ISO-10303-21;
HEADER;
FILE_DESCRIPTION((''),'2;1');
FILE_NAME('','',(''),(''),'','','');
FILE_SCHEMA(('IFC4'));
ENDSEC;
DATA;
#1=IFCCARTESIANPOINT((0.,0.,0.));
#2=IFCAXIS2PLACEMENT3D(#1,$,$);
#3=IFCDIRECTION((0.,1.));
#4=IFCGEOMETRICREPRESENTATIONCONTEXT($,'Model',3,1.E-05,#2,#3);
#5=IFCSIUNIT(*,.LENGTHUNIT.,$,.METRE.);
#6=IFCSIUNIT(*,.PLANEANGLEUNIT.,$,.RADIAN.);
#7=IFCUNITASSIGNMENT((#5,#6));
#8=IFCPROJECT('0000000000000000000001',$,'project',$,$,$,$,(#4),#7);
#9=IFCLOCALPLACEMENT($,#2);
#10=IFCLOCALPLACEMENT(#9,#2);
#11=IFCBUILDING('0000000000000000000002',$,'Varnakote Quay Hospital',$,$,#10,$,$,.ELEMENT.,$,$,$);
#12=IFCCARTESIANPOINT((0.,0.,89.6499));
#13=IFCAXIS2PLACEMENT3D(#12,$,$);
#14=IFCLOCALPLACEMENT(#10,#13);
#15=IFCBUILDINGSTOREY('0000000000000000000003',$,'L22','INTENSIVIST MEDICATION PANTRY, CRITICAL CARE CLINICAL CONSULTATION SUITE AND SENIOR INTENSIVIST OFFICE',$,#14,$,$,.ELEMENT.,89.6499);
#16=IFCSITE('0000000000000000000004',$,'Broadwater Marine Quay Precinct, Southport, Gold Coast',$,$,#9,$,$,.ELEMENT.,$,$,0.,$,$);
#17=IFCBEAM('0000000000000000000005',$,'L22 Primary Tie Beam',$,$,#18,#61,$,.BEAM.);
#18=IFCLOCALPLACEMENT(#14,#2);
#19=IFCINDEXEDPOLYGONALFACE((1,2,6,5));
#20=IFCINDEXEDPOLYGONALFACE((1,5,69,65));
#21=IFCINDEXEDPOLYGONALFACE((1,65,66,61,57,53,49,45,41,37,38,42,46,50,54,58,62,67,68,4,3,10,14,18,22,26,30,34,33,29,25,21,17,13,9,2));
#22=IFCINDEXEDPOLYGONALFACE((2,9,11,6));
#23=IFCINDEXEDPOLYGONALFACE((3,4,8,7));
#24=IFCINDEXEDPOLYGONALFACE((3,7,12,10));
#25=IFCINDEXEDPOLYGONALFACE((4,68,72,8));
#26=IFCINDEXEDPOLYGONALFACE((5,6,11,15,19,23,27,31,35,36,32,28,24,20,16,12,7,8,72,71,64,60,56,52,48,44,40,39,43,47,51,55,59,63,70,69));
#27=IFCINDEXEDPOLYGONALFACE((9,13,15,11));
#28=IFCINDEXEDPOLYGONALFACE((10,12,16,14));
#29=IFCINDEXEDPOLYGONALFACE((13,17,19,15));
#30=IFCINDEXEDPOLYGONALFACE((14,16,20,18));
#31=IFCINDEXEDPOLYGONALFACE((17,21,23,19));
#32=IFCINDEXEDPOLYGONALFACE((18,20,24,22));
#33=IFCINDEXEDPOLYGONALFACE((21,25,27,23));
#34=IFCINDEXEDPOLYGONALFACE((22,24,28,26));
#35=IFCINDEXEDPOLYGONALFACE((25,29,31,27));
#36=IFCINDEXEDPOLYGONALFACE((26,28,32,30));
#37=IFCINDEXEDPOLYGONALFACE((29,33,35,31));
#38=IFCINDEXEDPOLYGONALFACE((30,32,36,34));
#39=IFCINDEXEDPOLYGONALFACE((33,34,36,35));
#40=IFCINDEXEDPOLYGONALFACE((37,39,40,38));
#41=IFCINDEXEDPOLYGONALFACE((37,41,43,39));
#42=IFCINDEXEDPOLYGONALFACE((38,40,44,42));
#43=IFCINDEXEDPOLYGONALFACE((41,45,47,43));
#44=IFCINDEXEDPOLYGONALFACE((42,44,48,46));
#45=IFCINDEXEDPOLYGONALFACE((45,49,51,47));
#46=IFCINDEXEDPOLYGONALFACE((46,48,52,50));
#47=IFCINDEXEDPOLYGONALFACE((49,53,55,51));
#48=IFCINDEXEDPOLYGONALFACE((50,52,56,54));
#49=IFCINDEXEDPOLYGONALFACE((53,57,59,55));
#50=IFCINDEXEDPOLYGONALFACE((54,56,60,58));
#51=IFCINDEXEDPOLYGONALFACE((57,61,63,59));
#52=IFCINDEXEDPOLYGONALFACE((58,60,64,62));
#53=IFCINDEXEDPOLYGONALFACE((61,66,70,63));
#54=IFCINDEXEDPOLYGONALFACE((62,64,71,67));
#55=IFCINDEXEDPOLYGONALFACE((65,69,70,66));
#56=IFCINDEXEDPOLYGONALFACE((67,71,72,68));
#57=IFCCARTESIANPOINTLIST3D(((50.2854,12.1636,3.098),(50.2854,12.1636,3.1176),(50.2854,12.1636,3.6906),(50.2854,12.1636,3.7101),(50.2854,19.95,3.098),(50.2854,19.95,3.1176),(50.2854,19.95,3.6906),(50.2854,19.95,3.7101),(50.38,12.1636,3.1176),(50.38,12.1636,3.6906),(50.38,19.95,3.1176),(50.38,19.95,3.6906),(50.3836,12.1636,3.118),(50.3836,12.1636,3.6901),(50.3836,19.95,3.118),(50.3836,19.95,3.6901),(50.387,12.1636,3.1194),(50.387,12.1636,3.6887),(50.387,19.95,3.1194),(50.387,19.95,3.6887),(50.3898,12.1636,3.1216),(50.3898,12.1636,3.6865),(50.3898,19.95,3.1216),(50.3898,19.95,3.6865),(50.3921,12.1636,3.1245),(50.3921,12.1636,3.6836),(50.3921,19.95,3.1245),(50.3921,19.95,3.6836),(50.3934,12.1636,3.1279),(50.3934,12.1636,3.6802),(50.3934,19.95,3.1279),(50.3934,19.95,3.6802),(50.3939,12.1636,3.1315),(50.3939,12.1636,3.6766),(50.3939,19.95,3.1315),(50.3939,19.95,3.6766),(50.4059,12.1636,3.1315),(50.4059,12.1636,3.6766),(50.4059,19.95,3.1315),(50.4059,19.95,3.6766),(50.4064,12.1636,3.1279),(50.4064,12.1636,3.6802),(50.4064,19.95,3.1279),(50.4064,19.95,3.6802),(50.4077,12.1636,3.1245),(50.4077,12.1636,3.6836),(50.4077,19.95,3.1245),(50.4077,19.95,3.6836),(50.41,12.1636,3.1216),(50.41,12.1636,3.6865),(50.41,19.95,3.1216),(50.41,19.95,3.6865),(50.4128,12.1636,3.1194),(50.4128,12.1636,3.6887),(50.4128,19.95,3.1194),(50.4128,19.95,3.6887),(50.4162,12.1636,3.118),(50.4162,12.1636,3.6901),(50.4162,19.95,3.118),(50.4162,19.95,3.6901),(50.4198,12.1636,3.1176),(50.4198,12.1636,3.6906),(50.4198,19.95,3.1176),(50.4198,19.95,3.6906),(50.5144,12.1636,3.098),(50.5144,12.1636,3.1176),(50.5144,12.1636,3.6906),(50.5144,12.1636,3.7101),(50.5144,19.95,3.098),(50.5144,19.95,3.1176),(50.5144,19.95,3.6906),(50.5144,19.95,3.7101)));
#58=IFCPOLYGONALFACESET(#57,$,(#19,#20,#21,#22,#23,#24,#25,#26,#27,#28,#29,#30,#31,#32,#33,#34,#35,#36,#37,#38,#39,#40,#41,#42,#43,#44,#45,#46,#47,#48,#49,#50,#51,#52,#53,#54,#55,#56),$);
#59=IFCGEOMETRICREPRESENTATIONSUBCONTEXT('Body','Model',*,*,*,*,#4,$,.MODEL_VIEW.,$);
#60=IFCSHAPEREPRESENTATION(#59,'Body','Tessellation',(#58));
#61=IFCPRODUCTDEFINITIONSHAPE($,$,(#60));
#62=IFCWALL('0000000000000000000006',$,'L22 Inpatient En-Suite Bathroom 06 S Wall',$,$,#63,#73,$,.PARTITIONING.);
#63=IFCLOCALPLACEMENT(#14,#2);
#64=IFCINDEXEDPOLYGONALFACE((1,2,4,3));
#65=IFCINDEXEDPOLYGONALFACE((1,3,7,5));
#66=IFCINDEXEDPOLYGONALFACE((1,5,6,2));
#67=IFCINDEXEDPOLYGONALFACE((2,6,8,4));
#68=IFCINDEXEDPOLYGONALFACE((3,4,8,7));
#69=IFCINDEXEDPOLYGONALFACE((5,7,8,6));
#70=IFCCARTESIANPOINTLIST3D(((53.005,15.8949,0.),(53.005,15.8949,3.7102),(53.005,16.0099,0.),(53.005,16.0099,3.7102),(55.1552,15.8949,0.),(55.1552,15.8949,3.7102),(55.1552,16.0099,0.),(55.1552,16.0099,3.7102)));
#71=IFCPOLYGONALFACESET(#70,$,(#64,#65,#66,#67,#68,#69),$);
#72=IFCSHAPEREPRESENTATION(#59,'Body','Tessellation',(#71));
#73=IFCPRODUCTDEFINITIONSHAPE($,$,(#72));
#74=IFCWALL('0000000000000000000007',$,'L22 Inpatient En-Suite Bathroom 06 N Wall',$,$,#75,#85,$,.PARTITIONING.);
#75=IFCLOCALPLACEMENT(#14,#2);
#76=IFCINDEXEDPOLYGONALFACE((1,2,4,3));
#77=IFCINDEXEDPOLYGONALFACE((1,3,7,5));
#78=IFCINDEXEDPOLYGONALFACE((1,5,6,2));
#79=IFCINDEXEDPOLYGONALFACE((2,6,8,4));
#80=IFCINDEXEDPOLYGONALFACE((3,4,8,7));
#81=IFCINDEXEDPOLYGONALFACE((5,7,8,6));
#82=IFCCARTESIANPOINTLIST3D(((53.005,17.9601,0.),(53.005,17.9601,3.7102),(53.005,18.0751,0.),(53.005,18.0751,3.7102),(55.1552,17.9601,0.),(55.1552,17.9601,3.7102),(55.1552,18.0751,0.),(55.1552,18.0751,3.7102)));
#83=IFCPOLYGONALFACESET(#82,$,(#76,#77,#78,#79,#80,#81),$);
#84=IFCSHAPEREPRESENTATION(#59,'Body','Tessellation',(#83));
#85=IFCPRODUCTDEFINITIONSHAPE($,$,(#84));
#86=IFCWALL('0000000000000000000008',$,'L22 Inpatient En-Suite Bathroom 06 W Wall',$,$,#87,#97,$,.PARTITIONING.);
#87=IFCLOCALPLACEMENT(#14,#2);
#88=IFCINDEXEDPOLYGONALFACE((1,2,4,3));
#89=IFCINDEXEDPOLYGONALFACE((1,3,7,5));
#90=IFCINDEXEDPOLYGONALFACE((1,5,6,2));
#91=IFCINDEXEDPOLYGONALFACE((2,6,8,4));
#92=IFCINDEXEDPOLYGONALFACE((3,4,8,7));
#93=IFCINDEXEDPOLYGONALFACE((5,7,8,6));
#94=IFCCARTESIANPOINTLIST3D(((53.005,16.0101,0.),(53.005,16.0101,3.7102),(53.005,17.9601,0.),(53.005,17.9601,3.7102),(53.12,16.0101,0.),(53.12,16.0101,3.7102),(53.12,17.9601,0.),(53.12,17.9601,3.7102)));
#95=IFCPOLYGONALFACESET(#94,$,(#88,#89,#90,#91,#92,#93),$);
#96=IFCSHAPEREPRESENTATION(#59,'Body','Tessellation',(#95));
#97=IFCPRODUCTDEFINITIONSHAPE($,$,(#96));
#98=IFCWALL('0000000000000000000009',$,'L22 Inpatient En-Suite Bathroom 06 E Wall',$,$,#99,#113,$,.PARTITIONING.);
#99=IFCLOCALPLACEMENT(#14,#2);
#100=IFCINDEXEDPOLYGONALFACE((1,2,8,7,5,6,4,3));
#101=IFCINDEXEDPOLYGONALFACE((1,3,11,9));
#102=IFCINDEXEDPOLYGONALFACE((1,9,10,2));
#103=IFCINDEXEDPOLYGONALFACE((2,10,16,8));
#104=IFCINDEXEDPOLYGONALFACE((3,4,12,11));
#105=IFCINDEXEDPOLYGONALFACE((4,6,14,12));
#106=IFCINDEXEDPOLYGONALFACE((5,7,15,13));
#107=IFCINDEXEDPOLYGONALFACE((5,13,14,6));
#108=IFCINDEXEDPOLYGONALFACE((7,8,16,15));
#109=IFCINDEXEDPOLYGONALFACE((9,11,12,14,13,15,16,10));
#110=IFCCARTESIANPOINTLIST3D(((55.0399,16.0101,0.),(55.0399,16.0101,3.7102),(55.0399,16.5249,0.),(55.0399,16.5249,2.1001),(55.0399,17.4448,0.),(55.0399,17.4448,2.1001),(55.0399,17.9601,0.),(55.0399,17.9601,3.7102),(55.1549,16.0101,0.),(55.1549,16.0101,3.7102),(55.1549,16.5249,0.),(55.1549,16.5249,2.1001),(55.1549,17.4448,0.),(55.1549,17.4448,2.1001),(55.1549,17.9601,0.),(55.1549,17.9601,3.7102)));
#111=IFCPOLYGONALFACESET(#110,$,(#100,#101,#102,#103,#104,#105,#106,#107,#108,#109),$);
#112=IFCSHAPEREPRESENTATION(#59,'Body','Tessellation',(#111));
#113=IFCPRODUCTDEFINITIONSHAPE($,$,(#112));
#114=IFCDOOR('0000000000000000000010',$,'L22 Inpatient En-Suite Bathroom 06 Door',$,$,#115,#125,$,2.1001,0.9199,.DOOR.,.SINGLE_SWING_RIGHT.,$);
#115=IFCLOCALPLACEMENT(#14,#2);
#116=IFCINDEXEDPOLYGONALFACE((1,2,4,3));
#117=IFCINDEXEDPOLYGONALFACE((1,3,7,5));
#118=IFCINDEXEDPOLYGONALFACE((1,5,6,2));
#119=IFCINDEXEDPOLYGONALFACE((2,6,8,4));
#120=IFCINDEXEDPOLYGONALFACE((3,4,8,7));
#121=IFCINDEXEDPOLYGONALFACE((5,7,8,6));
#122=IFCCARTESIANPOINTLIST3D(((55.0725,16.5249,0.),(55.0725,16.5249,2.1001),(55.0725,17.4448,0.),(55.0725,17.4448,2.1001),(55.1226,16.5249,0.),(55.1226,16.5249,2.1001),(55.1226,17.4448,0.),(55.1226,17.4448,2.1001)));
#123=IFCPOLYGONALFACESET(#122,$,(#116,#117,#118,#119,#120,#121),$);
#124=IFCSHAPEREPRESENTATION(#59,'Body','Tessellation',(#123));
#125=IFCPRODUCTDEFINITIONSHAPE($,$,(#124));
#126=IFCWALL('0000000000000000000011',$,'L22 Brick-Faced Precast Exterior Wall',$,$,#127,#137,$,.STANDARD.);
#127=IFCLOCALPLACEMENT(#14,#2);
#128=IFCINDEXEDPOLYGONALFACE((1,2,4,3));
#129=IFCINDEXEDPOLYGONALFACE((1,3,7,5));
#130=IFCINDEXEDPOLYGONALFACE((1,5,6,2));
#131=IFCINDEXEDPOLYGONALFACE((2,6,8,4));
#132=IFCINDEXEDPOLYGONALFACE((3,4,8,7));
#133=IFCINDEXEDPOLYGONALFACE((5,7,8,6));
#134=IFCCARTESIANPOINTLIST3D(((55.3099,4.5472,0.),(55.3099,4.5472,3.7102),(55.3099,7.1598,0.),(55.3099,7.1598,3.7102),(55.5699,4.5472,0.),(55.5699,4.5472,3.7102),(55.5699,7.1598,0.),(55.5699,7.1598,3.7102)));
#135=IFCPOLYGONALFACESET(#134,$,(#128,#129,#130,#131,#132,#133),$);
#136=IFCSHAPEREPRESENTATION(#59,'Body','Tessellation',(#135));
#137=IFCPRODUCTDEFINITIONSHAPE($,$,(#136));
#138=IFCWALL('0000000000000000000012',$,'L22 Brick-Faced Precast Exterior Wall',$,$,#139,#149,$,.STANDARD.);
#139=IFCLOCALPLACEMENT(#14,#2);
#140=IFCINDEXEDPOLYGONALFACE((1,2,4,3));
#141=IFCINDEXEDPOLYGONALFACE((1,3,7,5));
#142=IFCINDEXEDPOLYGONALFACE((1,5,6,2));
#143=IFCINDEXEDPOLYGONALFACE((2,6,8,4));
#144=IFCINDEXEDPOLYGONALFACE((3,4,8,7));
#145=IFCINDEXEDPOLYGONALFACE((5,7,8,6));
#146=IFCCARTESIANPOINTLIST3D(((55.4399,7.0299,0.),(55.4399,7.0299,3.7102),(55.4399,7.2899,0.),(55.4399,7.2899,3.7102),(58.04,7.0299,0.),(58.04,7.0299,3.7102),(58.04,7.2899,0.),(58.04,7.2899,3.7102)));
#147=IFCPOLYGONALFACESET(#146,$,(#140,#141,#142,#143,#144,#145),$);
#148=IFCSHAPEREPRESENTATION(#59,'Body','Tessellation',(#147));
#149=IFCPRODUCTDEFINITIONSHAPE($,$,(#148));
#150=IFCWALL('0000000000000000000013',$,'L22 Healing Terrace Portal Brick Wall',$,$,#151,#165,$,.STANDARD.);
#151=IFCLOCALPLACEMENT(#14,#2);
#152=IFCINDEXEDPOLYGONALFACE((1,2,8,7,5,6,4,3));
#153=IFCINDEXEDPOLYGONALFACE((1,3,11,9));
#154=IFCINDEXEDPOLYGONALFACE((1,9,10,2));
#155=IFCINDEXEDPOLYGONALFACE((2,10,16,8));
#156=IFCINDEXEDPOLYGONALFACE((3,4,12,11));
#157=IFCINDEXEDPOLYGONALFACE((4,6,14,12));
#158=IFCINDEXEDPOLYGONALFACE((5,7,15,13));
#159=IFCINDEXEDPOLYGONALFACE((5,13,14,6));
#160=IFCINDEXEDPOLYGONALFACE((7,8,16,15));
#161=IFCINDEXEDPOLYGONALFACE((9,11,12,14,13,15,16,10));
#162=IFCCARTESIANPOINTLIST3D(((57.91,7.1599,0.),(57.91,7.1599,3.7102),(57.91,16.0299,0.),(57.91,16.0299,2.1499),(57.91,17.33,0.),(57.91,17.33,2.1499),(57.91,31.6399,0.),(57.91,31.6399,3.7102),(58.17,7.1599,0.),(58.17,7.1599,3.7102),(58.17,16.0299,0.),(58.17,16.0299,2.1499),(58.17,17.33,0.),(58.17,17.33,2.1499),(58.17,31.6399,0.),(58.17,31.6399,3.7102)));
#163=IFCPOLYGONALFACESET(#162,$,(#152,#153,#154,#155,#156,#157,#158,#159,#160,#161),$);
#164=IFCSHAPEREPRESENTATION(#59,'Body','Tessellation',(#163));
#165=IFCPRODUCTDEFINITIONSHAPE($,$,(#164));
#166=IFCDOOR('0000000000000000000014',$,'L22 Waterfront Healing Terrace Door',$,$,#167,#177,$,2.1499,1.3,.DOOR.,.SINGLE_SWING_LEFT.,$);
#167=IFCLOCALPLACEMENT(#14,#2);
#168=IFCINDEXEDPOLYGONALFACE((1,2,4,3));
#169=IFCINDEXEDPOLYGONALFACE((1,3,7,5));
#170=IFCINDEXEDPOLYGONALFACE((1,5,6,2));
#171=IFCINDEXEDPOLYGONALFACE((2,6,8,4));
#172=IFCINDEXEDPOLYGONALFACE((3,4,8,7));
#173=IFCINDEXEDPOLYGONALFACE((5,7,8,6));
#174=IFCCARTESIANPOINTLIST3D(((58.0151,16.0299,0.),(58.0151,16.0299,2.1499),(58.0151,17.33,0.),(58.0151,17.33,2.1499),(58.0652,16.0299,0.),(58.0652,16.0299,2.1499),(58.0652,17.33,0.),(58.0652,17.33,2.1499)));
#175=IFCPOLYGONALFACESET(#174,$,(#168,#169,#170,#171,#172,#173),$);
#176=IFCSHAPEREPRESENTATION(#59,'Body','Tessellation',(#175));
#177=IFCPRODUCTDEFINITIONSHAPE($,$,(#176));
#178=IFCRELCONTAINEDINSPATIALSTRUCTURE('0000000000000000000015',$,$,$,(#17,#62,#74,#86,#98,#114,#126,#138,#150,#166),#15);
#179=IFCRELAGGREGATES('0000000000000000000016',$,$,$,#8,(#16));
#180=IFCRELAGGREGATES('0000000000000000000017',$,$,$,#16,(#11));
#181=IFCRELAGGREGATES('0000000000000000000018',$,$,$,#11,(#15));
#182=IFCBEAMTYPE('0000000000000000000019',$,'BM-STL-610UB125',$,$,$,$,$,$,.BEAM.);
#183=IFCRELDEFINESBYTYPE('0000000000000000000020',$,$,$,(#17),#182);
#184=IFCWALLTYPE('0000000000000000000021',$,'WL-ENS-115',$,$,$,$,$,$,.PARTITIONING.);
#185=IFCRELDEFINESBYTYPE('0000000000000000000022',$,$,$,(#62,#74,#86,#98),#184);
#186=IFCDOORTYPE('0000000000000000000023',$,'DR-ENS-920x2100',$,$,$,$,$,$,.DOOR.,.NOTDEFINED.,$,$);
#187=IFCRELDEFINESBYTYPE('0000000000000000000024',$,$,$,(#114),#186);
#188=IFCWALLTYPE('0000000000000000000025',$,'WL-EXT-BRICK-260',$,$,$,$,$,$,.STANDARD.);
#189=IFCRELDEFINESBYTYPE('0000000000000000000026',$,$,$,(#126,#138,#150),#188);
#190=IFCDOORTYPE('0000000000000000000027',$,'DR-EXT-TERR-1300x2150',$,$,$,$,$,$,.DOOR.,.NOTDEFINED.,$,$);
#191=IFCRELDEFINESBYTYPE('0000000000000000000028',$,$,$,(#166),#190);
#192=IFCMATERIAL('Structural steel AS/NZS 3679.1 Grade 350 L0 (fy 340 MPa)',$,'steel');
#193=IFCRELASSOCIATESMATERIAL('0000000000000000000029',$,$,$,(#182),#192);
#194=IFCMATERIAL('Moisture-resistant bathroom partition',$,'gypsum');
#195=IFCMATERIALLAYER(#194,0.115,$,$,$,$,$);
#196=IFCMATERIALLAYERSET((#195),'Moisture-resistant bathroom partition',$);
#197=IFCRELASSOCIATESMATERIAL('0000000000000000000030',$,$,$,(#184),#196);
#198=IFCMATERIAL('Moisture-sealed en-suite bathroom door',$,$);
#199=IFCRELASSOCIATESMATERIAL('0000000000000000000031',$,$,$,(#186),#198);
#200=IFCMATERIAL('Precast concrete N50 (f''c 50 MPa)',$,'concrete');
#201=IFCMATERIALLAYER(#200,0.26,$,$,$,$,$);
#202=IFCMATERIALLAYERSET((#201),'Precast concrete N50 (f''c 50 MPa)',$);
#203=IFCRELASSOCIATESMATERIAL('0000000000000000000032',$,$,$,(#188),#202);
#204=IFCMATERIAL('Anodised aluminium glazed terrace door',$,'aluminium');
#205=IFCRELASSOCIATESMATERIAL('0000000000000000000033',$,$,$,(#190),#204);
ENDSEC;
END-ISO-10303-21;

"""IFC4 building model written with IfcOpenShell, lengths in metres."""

from ifc_helpers import new_model, si_unit, direction, frame, frame_2d, origin, origin_2d, place, context, subcontext, project, spatial, rectangle, i_section, extrude, material, layer, layer_set, material_profile, profile_set, type_object, element, fill, save


model = new_model("IFC4")

# Units and contexts
model_context = context("Model", 3, precision=1e-05, world=origin(), true_north=direction((0.0, 1.0)))
body_context = subcontext(model_context, "Body", "Model", "MODEL_VIEW")
ifc_project = project(units=[si_unit("LENGTHUNIT", "METRE"), si_unit("PLANEANGLEUNIT", "RADIAN")], contexts=[model_context])

# Site, building, storey
site_placement = place(None, origin())
site = spatial("IfcSite", under=ifc_project, at=site_placement, Name="Broadwater Marine Quay Precinct, Southport, Gold Coast", CompositionType="ELEMENT", RefElevation=0.0)
building_placement = place(site_placement, origin())
building = spatial("IfcBuilding", under=site, at=building_placement, Name="Varnakote Quay Hospital", CompositionType="ELEMENT")
storey_placement = place(building_placement, frame((0.0, 0.0, 89.6499)))
storey = spatial("IfcBuildingStorey", under=building, at=storey_placement, Name="L22", Description="INTENSIVIST MEDICATION PANTRY, CRITICAL CARE CLINICAL CONSULTATION SUITE AND SENIOR INTENSIVIST OFFICE", CompositionType="ELEMENT", Elevation=89.6499)

# Beam
ifc_material_1 = material(Name="Structural steel AS/NZS 3679.1 Grade 350 L0 (fy 340 MPa)", Category="steel")
ifc_material_profile_1 = material_profile(ifc_material_1, i_section(OverallWidth=0.229, OverallDepth=0.6121, WebThickness=0.012, FlangeThickness=0.0195, FilletRadius=0.0139, at=origin_2d()), Name="610UB125")
ifc_profile_set_1 = profile_set([ifc_material_profile_1], Name="Structural steel AS/NZS 3679.1 Grade 350 L0 (fy 340 MPa)")
beam_type = type_object("IfcBeamType", Name="BM-STL-610UB125", PredefinedType="BEAM", material=ifc_profile_set_1)
beam_1_placement = place(storey_placement, frame((50.3999, 12.1636, 3.4041), z_axis=(0.0, 1.0, 0.0), x_axis=(-1.0, 0.0, 0.0)))
element("IfcBeam", 1, at=beam_1_placement, inside=storey, type_object=beam_type, Name="L22 Primary Tie Beam", PredefinedType="BEAM", context=body_context, shape_type="SweptSolid", body=[
    extrude(i_section(OverallWidth=0.229, OverallDepth=0.6121, WebThickness=0.012, FlangeThickness=0.0195, FilletRadius=0.0139, at=origin_2d()), origin(), (0.0, 0.0, 1.0), 7.7864),
])

# Walls
ifc_material_2 = material(Name="Moisture-resistant bathroom partition", Category="gypsum")
ifc_layer_1 = layer(ifc_material_2, 0.115)
ifc_layer_set_1 = layer_set([ifc_layer_1], Name="Moisture-resistant bathroom partition")
wall_type_1 = type_object("IfcWallType", Name="WL-ENS-115", PredefinedType="PARTITIONING", material=ifc_layer_set_1)
for number, where, z_axis, x_axis, name in (
    (2, (53.0049, 15.9524, 0.0), (0.0, 0.0, 1.0), (1.0, 0.0, 0.0), "L22 Inpatient En-Suite Bathroom 06 S Wall"),
    (3, (53.0049, 18.0176, 0.0), (0.0, 0.0, 1.0), (1.0, 0.0, 0.0), "L22 Inpatient En-Suite Bathroom 06 N Wall"),
):
    element("IfcWall", number, at=place(storey_placement, frame(where, z_axis=z_axis, x_axis=x_axis)), inside=storey, type_object=wall_type_1, Name=name, PredefinedType="PARTITIONING", context=body_context, shape_type="SweptSolid", body=[
        extrude(rectangle(XDim=2.1501, YDim=0.115, at=frame_2d((1.0752, 0.0))), origin(), (0.0, 0.0, 1.0), 3.7102),
    ])
wall_1_placement = place(storey_placement, frame((53.0625, 16.01, 0.0), z_axis=(0.0, 0.0, 1.0), x_axis=(0.0, 1.0, 0.0)))
element("IfcWall", 4, at=wall_1_placement, inside=storey, type_object=wall_type_1, Name="L22 Inpatient En-Suite Bathroom 06 W Wall", PredefinedType="PARTITIONING", context=body_context, shape_type="SweptSolid", body=[
    extrude(rectangle(XDim=1.95, YDim=0.115, at=frame_2d((0.9751, 0.0))), origin(), (0.0, 0.0, 1.0), 3.7102),
])

# Wall, opening, door
wall_2_placement = place(storey_placement, frame((55.0974, 16.01, 0.0), z_axis=(0.0, 0.0, 1.0), x_axis=(0.0, 1.0, 0.0)))
wall_2 = element("IfcWall", 5, at=wall_2_placement, inside=storey, type_object=wall_type_1, Name="L22 Inpatient En-Suite Bathroom 06 E Wall", PredefinedType="PARTITIONING", context=body_context, shape_type="SweptSolid", body=[
    extrude(rectangle(XDim=1.95, YDim=0.115, at=frame_2d((0.9751, 0.0))), origin(), (0.0, 0.0, 1.0), 3.7102),
])
opening_1_placement = place(wall_2_placement, frame((0.5149, 0.0, 0.0)))
opening_1 = element("IfcOpeningElement", 6, at=opening_1_placement, cuts=wall_2, PredefinedType="OPENING", context=body_context, shape_type="SweptSolid", body=[
    extrude(rectangle(XDim=0.9199, YDim=2.1001, at=frame_2d((0.46, 1.05))), frame((0.0, 0.0674, 0.0), z_axis=(0.0, -1.0, 0.0), x_axis=(1.0, 0.0, 0.0)), (0.0, 0.0, 1.0), 0.135),
])
ifc_material_3 = material(Name="Moisture-sealed en-suite bathroom door")
door_type_1 = type_object("IfcDoorType", Name="DR-ENS-920x2100", OperationType="NOTDEFINED", PredefinedType="DOOR", material=ifc_material_3)
door_1_placement = place(opening_1_placement, origin())
door_1 = element("IfcDoor", 7, at=door_1_placement, inside=storey, type_object=door_type_1, Name="L22 Inpatient En-Suite Bathroom 06 Door", OperationType="SINGLE_SWING_RIGHT", OverallHeight=2.1001, OverallWidth=0.9199, PredefinedType="DOOR", context=body_context, shape_type="SweptSolid", body=[
    extrude(rectangle(XDim=0.9199, YDim=2.1001, at=frame_2d((0.46, 1.05))), frame((0.0, 0.0249, 0.0), z_axis=(0.0, -1.0, 0.0), x_axis=(1.0, 0.0, 0.0)), (0.0, 0.0, 1.0), 0.05),
])
fill(opening_1, door_1)

# Walls
ifc_material_4 = material(Name="Precast concrete N50 (f'c 50 MPa)", Category="concrete")
ifc_layer_2 = layer(ifc_material_4, 0.26)
ifc_layer_set_2 = layer_set([ifc_layer_2], Name="Precast concrete N50 (f'c 50 MPa)")
wall_type_2 = type_object("IfcWallType", Name="WL-EXT-BRICK-260", PredefinedType="STANDARD", material=ifc_layer_set_2)
wall_3_placement = place(storey_placement, frame((55.4399, 4.5474, 0.0), z_axis=(0.0, 0.0, 1.0), x_axis=(0.0, 1.0, 0.0)))
element("IfcWall", 8, at=wall_3_placement, inside=storey, type_object=wall_type_2, Name="L22 Brick-Faced Precast Exterior Wall", PredefinedType="STANDARD", context=body_context, shape_type="SweptSolid", body=[
    extrude(rectangle(XDim=2.6125, YDim=0.26, at=frame_2d((1.3062, 0.0))), origin(), (0.0, 0.0, 1.0), 3.7102),
])
wall_4_placement = place(storey_placement, frame((55.4399, 7.1599, 0.0), z_axis=(0.0, 0.0, 1.0), x_axis=(1.0, 0.0, 0.0)))
element("IfcWall", 9, at=wall_4_placement, inside=storey, type_object=wall_type_2, Name="L22 Brick-Faced Precast Exterior Wall", PredefinedType="STANDARD", context=body_context, shape_type="SweptSolid", body=[
    extrude(rectangle(XDim=2.6001, YDim=0.26, at=frame_2d((1.3, 0.0))), origin(), (0.0, 0.0, 1.0), 3.7102),
])

# Wall, opening, door
wall_5_placement = place(storey_placement, frame((58.04, 7.1599, 0.0), z_axis=(0.0, 0.0, 1.0), x_axis=(0.0, 1.0, 0.0)))
wall_5 = element("IfcWall", 10, at=wall_5_placement, inside=storey, type_object=wall_type_2, Name="L22 Healing Terrace Portal Brick Wall", PredefinedType="STANDARD", context=body_context, shape_type="SweptSolid", body=[
    extrude(rectangle(XDim=24.48, YDim=0.26, at=frame_2d((12.24, 0.0))), origin(), (0.0, 0.0, 1.0), 3.7102),
])
opening_2_placement = place(wall_5_placement, frame((8.8701, 0.0, 0.0)))
opening_2 = element("IfcOpeningElement", 11, at=opening_2_placement, cuts=wall_5, PredefinedType="OPENING", context=body_context, shape_type="SweptSolid", body=[
    extrude(rectangle(XDim=1.3, YDim=2.1499, at=frame_2d((0.6499, 1.075))), frame((0.0, 0.1399, 0.0), z_axis=(0.0, -1.0, 0.0), x_axis=(1.0, 0.0, 0.0)), (0.0, 0.0, 1.0), 0.28),
])
ifc_material_5 = material(Name="Anodised aluminium glazed terrace door", Category="aluminium")
door_type_2 = type_object("IfcDoorType", Name="DR-EXT-TERR-1300x2150", OperationType="NOTDEFINED", PredefinedType="DOOR", material=ifc_material_5)
door_2_placement = place(opening_2_placement, origin())
door_2 = element("IfcDoor", 12, at=door_2_placement, inside=storey, type_object=door_type_2, Name="L22 Waterfront Healing Terrace Door", OperationType="SINGLE_SWING_LEFT", OverallHeight=2.1499, OverallWidth=1.3, PredefinedType="DOOR", context=body_context, shape_type="SweptSolid", body=[
    extrude(rectangle(XDim=1.3, YDim=2.1499, at=frame_2d((0.6499, 1.075))), frame((0.0, 0.0249, 0.0), z_axis=(0.0, -1.0, 0.0), x_axis=(1.0, 0.0, 0.0)), (0.0, 0.0, 1.0), 0.05),
])
fill(opening_2, door_2)

save(model, "model.ifc")
